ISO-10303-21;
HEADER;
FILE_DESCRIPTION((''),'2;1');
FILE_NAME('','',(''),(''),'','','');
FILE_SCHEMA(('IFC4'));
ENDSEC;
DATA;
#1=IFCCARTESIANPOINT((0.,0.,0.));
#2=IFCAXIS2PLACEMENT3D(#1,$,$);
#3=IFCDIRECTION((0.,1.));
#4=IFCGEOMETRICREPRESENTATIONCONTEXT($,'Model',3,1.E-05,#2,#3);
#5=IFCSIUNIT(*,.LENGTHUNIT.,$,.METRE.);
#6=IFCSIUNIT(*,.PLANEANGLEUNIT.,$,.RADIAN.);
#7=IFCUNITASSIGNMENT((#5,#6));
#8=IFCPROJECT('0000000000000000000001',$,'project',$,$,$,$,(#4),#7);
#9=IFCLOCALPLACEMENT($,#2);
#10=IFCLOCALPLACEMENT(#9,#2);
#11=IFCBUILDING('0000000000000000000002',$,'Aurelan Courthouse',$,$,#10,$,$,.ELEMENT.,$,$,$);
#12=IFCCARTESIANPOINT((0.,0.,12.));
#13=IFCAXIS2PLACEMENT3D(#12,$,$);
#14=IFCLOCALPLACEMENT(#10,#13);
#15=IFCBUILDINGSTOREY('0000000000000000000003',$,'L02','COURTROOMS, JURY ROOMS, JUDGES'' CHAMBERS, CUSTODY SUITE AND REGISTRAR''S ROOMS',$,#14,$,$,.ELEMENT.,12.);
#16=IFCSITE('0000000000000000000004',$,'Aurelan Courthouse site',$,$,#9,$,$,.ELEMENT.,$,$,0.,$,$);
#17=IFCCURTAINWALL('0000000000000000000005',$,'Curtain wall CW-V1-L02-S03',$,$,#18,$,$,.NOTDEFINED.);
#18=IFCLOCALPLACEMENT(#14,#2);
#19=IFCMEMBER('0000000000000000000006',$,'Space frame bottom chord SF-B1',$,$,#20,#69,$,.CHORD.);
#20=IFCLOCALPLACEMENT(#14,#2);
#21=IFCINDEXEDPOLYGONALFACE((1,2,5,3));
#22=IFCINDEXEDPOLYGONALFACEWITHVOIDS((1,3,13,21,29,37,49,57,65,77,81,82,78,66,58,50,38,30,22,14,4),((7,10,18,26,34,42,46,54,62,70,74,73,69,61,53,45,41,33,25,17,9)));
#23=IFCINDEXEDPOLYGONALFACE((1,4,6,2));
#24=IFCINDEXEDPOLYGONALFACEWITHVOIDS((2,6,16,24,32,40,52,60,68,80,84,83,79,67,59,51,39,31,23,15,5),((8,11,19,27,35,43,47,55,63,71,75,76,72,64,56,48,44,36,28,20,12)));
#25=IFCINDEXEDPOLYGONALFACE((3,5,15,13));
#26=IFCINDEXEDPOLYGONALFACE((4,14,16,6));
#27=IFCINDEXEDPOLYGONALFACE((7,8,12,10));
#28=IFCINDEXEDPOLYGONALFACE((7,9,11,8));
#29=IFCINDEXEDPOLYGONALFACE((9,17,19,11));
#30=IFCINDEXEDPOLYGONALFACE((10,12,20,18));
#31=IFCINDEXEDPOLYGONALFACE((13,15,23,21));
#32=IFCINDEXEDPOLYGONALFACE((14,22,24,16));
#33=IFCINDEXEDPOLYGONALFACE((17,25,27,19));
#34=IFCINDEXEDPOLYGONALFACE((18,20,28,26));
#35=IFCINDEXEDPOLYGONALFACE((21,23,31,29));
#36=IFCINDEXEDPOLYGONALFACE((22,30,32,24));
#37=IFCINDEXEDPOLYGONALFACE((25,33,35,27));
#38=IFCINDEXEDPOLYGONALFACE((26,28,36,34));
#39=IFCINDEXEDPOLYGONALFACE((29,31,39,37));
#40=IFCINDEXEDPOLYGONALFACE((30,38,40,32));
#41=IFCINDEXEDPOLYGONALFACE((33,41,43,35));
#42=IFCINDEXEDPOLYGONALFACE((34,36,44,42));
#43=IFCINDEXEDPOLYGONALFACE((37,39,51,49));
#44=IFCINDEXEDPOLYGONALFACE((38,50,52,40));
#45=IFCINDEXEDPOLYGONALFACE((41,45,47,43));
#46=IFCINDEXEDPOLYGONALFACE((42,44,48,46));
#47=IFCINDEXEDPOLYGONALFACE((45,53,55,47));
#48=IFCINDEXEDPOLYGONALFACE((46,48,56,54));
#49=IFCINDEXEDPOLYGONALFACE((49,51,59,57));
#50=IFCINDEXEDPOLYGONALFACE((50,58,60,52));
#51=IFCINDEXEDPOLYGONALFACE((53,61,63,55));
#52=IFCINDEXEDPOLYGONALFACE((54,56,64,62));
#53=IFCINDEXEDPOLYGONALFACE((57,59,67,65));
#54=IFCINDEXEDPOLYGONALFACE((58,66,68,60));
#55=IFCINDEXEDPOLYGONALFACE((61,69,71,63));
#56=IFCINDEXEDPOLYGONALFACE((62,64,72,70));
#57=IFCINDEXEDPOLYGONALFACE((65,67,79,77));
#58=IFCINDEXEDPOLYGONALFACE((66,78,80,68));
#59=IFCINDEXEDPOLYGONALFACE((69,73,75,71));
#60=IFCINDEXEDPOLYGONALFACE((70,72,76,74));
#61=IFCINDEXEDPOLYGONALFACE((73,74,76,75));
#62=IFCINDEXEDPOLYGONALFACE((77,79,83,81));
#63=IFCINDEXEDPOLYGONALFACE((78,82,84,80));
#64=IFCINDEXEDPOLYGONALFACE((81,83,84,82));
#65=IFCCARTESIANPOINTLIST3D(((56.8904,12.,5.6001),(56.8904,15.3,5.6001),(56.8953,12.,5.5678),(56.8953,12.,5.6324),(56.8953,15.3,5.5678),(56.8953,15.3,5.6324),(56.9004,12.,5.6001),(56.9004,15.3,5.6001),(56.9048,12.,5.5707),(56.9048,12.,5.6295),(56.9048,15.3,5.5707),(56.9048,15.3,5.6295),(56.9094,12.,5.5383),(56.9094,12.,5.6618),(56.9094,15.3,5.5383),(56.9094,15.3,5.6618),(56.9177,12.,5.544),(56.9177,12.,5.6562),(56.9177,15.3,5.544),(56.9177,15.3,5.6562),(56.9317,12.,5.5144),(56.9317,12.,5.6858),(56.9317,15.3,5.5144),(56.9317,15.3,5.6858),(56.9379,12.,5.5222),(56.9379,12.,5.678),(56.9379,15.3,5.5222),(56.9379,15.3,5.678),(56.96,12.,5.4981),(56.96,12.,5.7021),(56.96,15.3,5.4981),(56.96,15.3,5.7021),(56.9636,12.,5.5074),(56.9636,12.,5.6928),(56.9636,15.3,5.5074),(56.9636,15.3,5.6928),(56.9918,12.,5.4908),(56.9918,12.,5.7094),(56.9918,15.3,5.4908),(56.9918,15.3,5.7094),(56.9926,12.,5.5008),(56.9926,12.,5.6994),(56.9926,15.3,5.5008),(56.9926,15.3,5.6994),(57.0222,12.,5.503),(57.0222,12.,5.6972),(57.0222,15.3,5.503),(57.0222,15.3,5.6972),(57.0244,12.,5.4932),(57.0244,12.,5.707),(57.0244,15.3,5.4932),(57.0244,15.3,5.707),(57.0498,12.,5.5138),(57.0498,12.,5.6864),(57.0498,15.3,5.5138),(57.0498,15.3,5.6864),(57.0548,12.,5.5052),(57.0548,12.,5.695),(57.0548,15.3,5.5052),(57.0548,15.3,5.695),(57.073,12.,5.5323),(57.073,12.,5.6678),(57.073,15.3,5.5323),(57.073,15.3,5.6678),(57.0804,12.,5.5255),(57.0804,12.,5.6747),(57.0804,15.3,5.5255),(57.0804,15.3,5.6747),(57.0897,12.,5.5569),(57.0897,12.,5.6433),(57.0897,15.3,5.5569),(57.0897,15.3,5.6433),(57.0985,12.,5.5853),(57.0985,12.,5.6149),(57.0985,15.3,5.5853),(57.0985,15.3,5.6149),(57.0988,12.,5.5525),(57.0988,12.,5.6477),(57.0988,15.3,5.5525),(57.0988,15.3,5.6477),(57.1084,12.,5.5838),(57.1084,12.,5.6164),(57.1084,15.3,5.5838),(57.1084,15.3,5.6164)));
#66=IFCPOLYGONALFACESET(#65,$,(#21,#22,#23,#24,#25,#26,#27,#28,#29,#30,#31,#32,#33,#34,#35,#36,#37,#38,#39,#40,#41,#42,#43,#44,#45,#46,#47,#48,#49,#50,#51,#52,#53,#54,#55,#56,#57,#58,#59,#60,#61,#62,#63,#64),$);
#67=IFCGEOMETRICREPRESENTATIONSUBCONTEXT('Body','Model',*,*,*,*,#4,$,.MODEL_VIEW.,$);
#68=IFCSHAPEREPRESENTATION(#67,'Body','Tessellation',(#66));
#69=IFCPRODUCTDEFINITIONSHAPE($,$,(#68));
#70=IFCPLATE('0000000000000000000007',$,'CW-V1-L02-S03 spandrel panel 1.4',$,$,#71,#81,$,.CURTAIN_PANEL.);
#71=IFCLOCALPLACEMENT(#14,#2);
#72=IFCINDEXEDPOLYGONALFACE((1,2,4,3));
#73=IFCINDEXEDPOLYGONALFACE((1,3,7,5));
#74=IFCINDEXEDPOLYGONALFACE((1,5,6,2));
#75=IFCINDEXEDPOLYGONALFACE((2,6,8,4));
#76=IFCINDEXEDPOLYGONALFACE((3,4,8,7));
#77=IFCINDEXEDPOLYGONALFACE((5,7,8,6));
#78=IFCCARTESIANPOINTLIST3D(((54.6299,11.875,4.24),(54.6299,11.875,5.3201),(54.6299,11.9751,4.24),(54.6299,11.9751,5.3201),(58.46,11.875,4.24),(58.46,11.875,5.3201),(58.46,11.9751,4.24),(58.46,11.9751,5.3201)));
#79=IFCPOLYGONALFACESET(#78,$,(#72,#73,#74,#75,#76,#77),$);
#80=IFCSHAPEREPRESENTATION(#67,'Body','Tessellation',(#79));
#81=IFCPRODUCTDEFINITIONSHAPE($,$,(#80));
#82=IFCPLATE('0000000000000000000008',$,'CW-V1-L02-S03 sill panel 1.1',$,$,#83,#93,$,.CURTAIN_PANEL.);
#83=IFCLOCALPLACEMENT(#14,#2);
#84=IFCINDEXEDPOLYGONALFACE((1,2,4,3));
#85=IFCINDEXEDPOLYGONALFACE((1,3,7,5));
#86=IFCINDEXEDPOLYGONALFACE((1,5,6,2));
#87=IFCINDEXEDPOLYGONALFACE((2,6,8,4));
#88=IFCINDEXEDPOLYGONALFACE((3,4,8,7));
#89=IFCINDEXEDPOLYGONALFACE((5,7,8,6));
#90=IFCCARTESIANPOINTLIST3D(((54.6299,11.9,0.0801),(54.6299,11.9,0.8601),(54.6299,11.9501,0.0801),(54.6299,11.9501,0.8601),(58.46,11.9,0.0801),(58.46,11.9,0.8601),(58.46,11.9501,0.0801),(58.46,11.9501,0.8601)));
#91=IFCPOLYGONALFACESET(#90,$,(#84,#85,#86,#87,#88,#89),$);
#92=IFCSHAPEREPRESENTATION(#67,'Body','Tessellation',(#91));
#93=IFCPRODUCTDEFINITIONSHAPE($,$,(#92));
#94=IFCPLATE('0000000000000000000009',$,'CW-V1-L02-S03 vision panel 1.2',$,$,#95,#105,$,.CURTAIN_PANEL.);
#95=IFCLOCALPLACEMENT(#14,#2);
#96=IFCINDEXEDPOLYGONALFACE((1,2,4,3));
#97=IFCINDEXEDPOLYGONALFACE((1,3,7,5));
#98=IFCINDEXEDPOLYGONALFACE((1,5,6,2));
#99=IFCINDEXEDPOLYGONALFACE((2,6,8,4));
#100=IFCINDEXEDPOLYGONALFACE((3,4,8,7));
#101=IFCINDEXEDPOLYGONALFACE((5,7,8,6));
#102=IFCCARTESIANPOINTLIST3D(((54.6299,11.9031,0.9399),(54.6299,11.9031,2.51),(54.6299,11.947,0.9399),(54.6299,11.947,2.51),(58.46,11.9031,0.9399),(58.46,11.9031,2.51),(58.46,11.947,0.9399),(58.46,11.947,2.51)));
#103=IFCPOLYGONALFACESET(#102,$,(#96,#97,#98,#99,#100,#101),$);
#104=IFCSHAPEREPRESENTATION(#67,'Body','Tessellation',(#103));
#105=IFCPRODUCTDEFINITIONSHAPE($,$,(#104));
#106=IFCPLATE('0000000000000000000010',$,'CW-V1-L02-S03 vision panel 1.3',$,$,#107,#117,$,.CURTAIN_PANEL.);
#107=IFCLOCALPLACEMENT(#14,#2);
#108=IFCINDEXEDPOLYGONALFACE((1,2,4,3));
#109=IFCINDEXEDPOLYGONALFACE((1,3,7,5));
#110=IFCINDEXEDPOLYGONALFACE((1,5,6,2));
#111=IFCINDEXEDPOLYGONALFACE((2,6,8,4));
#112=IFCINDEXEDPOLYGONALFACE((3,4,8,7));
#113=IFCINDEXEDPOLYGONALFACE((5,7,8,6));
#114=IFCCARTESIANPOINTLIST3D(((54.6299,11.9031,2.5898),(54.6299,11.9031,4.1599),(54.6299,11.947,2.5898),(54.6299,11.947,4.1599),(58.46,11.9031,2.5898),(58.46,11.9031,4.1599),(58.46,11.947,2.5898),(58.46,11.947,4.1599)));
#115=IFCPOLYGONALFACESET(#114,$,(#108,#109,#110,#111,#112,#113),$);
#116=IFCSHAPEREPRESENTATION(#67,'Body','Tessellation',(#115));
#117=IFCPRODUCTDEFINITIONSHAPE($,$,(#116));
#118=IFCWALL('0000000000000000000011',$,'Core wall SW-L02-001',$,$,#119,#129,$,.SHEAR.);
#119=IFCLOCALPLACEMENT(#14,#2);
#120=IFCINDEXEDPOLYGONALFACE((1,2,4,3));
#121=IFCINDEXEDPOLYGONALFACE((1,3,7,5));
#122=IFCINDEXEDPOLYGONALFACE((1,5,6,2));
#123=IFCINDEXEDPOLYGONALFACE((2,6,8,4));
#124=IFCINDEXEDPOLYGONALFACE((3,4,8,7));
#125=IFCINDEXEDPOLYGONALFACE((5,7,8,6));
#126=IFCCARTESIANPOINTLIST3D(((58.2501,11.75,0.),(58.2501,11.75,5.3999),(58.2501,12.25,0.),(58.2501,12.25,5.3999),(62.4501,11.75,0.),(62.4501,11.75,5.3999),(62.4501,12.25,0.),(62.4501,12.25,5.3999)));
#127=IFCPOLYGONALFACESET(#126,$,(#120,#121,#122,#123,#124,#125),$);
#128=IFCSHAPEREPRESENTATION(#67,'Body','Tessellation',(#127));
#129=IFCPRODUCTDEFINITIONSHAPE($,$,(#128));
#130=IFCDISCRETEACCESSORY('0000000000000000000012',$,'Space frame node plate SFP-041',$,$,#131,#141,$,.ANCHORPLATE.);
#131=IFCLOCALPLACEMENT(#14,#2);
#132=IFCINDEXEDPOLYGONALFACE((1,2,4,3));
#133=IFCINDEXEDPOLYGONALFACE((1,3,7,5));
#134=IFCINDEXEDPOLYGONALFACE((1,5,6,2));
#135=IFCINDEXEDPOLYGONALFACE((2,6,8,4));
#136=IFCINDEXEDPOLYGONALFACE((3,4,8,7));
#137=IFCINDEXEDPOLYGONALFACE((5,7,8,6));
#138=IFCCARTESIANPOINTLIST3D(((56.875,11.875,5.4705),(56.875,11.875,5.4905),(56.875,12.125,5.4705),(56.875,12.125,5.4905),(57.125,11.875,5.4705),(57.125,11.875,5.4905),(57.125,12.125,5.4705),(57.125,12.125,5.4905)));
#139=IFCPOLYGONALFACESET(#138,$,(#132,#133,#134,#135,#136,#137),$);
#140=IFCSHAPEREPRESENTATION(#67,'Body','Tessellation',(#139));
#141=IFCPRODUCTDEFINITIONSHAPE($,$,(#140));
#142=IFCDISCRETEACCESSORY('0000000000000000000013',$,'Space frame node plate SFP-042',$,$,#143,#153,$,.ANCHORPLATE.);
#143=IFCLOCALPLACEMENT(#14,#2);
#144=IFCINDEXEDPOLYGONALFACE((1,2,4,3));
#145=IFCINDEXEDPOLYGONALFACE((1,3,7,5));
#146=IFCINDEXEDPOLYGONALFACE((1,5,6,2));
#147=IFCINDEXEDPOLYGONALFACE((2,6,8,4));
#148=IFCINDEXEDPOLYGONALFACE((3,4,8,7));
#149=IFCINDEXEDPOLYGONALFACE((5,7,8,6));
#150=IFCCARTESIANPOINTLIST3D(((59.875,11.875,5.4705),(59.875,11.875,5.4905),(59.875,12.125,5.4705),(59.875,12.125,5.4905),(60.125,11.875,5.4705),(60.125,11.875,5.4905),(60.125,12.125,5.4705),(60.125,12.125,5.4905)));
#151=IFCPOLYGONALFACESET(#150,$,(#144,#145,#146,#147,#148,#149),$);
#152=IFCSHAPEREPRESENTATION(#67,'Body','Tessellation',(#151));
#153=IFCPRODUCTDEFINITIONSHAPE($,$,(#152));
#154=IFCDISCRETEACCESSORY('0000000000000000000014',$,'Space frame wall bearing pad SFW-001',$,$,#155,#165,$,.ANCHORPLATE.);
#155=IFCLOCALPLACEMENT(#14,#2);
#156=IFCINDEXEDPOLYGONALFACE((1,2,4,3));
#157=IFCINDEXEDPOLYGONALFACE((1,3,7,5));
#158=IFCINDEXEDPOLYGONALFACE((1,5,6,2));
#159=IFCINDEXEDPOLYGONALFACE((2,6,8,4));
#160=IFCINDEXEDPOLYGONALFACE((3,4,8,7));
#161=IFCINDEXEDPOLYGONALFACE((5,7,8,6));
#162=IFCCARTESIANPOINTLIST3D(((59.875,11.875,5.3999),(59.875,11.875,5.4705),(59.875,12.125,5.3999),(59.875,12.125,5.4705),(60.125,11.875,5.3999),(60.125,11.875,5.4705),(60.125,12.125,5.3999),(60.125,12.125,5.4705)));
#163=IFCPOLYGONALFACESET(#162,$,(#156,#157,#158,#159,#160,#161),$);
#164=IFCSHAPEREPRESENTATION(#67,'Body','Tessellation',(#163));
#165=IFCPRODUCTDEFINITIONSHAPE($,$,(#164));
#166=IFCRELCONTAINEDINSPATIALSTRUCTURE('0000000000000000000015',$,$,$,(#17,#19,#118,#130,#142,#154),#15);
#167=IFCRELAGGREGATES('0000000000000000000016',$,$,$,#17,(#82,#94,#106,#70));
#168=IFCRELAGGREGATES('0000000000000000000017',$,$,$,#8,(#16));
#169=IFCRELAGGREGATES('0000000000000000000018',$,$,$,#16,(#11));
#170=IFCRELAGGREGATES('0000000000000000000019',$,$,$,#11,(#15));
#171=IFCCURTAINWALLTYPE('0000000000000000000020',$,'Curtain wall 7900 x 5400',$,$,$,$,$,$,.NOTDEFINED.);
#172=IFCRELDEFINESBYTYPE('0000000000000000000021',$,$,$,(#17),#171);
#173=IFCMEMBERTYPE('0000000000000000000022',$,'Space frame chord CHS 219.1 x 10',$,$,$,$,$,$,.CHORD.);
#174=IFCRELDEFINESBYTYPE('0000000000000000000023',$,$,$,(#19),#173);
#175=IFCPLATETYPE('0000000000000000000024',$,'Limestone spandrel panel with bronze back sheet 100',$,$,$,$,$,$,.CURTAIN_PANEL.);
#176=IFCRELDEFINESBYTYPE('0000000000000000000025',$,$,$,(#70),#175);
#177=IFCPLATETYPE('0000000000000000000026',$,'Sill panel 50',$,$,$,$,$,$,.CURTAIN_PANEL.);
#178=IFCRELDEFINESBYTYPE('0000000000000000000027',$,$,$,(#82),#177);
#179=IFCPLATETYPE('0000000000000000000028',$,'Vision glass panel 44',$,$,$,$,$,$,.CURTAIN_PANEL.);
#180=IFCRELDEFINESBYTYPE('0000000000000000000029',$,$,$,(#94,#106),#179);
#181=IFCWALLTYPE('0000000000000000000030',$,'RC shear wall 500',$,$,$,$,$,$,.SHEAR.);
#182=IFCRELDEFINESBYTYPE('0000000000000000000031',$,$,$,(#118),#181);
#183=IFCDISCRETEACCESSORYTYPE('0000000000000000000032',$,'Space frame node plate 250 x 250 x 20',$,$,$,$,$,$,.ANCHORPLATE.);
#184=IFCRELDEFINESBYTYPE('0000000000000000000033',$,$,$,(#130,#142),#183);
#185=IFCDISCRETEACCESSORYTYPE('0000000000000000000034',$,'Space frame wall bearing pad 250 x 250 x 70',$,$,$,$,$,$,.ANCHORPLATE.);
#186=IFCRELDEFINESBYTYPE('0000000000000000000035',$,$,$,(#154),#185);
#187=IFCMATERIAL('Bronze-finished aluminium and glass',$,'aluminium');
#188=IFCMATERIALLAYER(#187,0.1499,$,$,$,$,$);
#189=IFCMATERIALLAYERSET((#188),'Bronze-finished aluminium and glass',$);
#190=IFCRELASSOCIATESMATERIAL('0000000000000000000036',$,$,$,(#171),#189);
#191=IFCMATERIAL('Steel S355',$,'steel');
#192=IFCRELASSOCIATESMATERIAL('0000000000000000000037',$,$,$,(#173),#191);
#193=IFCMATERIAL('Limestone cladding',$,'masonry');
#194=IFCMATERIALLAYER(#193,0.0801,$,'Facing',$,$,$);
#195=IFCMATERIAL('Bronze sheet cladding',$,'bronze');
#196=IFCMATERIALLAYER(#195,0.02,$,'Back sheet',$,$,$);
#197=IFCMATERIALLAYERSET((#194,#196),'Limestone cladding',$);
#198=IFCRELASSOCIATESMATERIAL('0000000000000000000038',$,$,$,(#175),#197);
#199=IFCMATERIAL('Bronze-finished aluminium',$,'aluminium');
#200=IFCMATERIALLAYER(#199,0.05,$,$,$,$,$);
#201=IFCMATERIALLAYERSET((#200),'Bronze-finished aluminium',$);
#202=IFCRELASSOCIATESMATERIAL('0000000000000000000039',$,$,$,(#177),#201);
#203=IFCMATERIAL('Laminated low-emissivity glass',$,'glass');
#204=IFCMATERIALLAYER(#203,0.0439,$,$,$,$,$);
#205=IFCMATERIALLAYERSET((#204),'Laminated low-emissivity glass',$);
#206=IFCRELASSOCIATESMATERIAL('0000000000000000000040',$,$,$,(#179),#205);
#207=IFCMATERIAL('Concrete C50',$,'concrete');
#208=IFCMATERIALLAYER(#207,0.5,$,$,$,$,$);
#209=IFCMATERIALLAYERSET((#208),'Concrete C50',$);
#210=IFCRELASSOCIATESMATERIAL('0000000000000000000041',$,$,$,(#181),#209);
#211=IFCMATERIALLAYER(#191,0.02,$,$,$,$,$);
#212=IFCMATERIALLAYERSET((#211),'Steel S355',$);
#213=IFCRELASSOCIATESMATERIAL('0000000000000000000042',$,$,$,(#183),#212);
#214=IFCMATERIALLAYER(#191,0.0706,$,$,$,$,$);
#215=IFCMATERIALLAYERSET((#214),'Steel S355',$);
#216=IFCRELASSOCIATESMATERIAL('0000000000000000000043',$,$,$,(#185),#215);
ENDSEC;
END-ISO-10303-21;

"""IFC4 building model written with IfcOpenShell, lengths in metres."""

from ifc_helpers import new_model, si_unit, direction, frame, frame_2d, origin, origin_2d, place, context, subcontext, project, spatial, rectangle, hollow_circle, extrude, material, layer, layer_set, material_profile, profile_set, type_object, element, aggregate, save


model = new_model("IFC4")

# Units and contexts
model_context = context("Model", 3, precision=1e-05, world=origin(), true_north=direction((0.0, 1.0)))
body_context = subcontext(model_context, "Body", "Model", "MODEL_VIEW")
ifc_project = project(units=[si_unit("LENGTHUNIT", "METRE"), si_unit("PLANEANGLEUNIT", "RADIAN")], contexts=[model_context])

# Site, building, storey
site_placement = place(None, origin())
site = spatial("IfcSite", under=ifc_project, at=site_placement, Name="Aurelan Courthouse site", CompositionType="ELEMENT", RefElevation=0.0)
building_placement = place(site_placement, origin())
building = spatial("IfcBuilding", under=site, at=building_placement, Name="Aurelan Courthouse", CompositionType="ELEMENT")
storey_placement = place(building_placement, frame((0.0, 0.0, 12.0)))
storey = spatial("IfcBuildingStorey", under=building, at=storey_placement, Name="L02", Description="COURTROOMS, JURY ROOMS, JUDGES' CHAMBERS, CUSTODY SUITE AND REGISTRAR'S ROOMS", CompositionType="ELEMENT", Elevation=12.0)

# Curtain wall
ifc_material_1 = material(Name="Bronze-finished aluminium and glass", Category="aluminium")
ifc_layer_1 = layer(ifc_material_1, 0.1499)
ifc_layer_set_1 = layer_set([ifc_layer_1], Name="Bronze-finished aluminium and glass")
curtain_wall_type = type_object("IfcCurtainWallType", Name="Curtain wall 7900 x 5400", PredefinedType="NOTDEFINED", material=ifc_layer_set_1)
curtain_wall_placement = place(storey_placement, origin())
curtain_wall = element("IfcCurtainWall", 1, at=curtain_wall_placement, inside=storey, type_object=curtain_wall_type, Name="Curtain wall CW-V1-L02-S03", PredefinedType="NOTDEFINED")
ifc_material_2 = material(Name="Bronze-finished aluminium", Category="aluminium")

# Member
ifc_material_3 = material(Name="Steel S355", Category="steel")
ifc_material_profile_1 = material_profile(ifc_material_3, hollow_circle(Radius=0.1096, WallThickness=0.01, at=origin_2d()), Name="CHS 219.1 x 10")
ifc_profile_set_1 = profile_set([ifc_material_profile_1], Name="Steel S355")
member_type_1 = type_object("IfcMemberType", Name="Space frame chord CHS 219.1 x 10", PredefinedType="CHORD", material=ifc_profile_set_1)
member_1_placement = place(storey_placement, frame((57.0, 12.0, 5.6001), z_axis=(0.0, 1.0, 0.0), x_axis=(-1.0, 0.0, 0.0)))
element("IfcMember", 2, at=member_1_placement, inside=storey, type_object=member_type_1, Name="Space frame bottom chord SF-B1", PredefinedType="CHORD", context=body_context, shape_type="SweptSolid", body=[
    extrude(hollow_circle(Radius=0.1096, WallThickness=0.01, at=origin_2d()), origin(), (0.0, 0.0, 1.0), 3.3),
])

# Plates
ifc_material_4 = material(Name="Limestone cladding", Category="masonry")
ifc_layer_2 = layer(ifc_material_4, 0.0801, Name="Facing")
ifc_material_5 = material(Name="Bronze sheet cladding", Category="bronze")
ifc_layer_3 = layer(ifc_material_5, 0.02, Name="Back sheet")
ifc_layer_set_2 = layer_set([ifc_layer_2, ifc_layer_3], Name="Limestone cladding")
plate_type_1 = type_object("IfcPlateType", Name="Limestone spandrel panel with bronze back sheet 100", PredefinedType="CURTAIN_PANEL", material=ifc_layer_set_2)
plate_1_placement = place(storey_placement, frame((56.5449, 11.925, 4.24), z_axis=(0.0, 0.0, 1.0), x_axis=(1.0, 0.0, 0.0)))
plate_1 = element("IfcPlate", 3, at=plate_1_placement, type_object=plate_type_1, Name="CW-V1-L02-S03 spandrel panel 1.4", PredefinedType="CURTAIN_PANEL", context=body_context, shape_type="SweptSolid", body=[
    extrude(rectangle(XDim=3.8301, YDim=0.1001, at=origin_2d()), origin(), (0.0, 0.0, 1.0), 1.0801),
])
ifc_layer_4 = layer(ifc_material_2, 0.05)
ifc_layer_set_3 = layer_set([ifc_layer_4], Name="Bronze-finished aluminium")
plate_type_2 = type_object("IfcPlateType", Name="Sill panel 50", PredefinedType="CURTAIN_PANEL", material=ifc_layer_set_3)
plate_2_placement = place(storey_placement, frame((56.5449, 11.925, 0.0801), z_axis=(0.0, 0.0, 1.0), x_axis=(1.0, 0.0, 0.0)))
plate_2 = element("IfcPlate", 4, at=plate_2_placement, type_object=plate_type_2, Name="CW-V1-L02-S03 sill panel 1.1", PredefinedType="CURTAIN_PANEL", context=body_context, shape_type="SweptSolid", body=[
    extrude(rectangle(XDim=3.8301, YDim=0.05, at=origin_2d()), origin(), (0.0, 0.0, 1.0), 0.78),
])
ifc_material_6 = material(Name="Laminated low-emissivity glass", Category="glass")
ifc_layer_5 = layer(ifc_material_6, 0.0439)
ifc_layer_set_4 = layer_set([ifc_layer_5], Name="Laminated low-emissivity glass")
plate_type_3 = type_object("IfcPlateType", Name="Vision glass panel 44", PredefinedType="CURTAIN_PANEL", material=ifc_layer_set_4)
plate_3_placement = place(storey_placement, frame((56.5449, 11.925, 0.9399), z_axis=(0.0, 0.0, 1.0), x_axis=(1.0, 0.0, 0.0)))
plate_3 = element("IfcPlate", 5, at=plate_3_placement, type_object=plate_type_3, Name="CW-V1-L02-S03 vision panel 1.2", PredefinedType="CURTAIN_PANEL", context=body_context, shape_type="SweptSolid", body=[
    extrude(rectangle(XDim=3.8301, YDim=0.0439, at=origin_2d()), origin(), (0.0, 0.0, 1.0), 1.5701),
])
plate_4_placement = place(storey_placement, frame((56.5449, 11.925, 2.5898), z_axis=(0.0, 0.0, 1.0), x_axis=(1.0, 0.0, 0.0)))
plate_4 = element("IfcPlate", 6, at=plate_4_placement, type_object=plate_type_3, Name="CW-V1-L02-S03 vision panel 1.3", PredefinedType="CURTAIN_PANEL", context=body_context, shape_type="SweptSolid", body=[
    extrude(rectangle(XDim=3.8301, YDim=0.0439, at=origin_2d()), origin(), (0.0, 0.0, 1.0), 1.5701),
])
aggregate(curtain_wall, [plate_2, plate_3, plate_4, plate_1])

# Wall
ifc_material_7 = material(Name="Concrete C50", Category="concrete")
ifc_layer_6 = layer(ifc_material_7, 0.5)
ifc_layer_set_5 = layer_set([ifc_layer_6], Name="Concrete C50")
wall_type = type_object("IfcWallType", Name="RC shear wall 500", PredefinedType="SHEAR", material=ifc_layer_set_5)
wall_placement = place(storey_placement, frame((58.25, 12.0, 0.0), z_axis=(0.0, 0.0, 1.0), x_axis=(1.0, 0.0, 0.0)))
element("IfcWall", 7, at=wall_placement, inside=storey, type_object=wall_type, Name="Core wall SW-L02-001", PredefinedType="SHEAR", context=body_context, shape_type="SweptSolid", body=[
    extrude(rectangle(XDim=4.2, YDim=0.5, at=frame_2d((2.1001, 0.0))), origin(), (0.0, 0.0, 1.0), 5.3999),
])

# Discrete accessories
ifc_layer_7 = layer(ifc_material_3, 0.02)
ifc_layer_set_6 = layer_set([ifc_layer_7], Name="Steel S355")
discrete_accessory_type_1 = type_object("IfcDiscreteAccessoryType", Name="Space frame node plate 250 x 250 x 20", PredefinedType="ANCHORPLATE", material=ifc_layer_set_6)
for number, where, z_axis, x_axis, name in (
    (8, (57.0, 12.0, 5.4705), (0.0, 0.0, 1.0), (1.0, 0.0, 0.0), "Space frame node plate SFP-041"),
    (9, (60.0, 12.0, 5.4705), (0.0, 0.0, 1.0), (1.0, 0.0, 0.0), "Space frame node plate SFP-042"),
):
    element("IfcDiscreteAccessory", number, at=place(storey_placement, frame(where, z_axis=z_axis, x_axis=x_axis)), inside=storey, type_object=discrete_accessory_type_1, Name=name, PredefinedType="ANCHORPLATE", context=body_context, shape_type="SweptSolid", body=[
        extrude(rectangle(XDim=0.25, YDim=0.25, at=origin_2d()), origin(), (0.0, 0.0, 1.0), 0.02),
    ])
ifc_layer_8 = layer(ifc_material_3, 0.0706)
ifc_layer_set_7 = layer_set([ifc_layer_8], Name="Steel S355")
discrete_accessory_type_2 = type_object("IfcDiscreteAccessoryType", Name="Space frame wall bearing pad 250 x 250 x 70", PredefinedType="ANCHORPLATE", material=ifc_layer_set_7)
discrete_accessory_placement = place(storey_placement, frame((60.0, 12.0, 5.3999), z_axis=(0.0, 0.0, 1.0), x_axis=(1.0, 0.0, 0.0)))
element("IfcDiscreteAccessory", 10, at=discrete_accessory_placement, inside=storey, type_object=discrete_accessory_type_2, Name="Space frame wall bearing pad SFW-001", PredefinedType="ANCHORPLATE", context=body_context, shape_type="SweptSolid", body=[
    extrude(rectangle(XDim=0.25, YDim=0.25, at=origin_2d()), origin(), (0.0, 0.0, 1.0), 0.0706),
])

save(model, "model.ifc")
